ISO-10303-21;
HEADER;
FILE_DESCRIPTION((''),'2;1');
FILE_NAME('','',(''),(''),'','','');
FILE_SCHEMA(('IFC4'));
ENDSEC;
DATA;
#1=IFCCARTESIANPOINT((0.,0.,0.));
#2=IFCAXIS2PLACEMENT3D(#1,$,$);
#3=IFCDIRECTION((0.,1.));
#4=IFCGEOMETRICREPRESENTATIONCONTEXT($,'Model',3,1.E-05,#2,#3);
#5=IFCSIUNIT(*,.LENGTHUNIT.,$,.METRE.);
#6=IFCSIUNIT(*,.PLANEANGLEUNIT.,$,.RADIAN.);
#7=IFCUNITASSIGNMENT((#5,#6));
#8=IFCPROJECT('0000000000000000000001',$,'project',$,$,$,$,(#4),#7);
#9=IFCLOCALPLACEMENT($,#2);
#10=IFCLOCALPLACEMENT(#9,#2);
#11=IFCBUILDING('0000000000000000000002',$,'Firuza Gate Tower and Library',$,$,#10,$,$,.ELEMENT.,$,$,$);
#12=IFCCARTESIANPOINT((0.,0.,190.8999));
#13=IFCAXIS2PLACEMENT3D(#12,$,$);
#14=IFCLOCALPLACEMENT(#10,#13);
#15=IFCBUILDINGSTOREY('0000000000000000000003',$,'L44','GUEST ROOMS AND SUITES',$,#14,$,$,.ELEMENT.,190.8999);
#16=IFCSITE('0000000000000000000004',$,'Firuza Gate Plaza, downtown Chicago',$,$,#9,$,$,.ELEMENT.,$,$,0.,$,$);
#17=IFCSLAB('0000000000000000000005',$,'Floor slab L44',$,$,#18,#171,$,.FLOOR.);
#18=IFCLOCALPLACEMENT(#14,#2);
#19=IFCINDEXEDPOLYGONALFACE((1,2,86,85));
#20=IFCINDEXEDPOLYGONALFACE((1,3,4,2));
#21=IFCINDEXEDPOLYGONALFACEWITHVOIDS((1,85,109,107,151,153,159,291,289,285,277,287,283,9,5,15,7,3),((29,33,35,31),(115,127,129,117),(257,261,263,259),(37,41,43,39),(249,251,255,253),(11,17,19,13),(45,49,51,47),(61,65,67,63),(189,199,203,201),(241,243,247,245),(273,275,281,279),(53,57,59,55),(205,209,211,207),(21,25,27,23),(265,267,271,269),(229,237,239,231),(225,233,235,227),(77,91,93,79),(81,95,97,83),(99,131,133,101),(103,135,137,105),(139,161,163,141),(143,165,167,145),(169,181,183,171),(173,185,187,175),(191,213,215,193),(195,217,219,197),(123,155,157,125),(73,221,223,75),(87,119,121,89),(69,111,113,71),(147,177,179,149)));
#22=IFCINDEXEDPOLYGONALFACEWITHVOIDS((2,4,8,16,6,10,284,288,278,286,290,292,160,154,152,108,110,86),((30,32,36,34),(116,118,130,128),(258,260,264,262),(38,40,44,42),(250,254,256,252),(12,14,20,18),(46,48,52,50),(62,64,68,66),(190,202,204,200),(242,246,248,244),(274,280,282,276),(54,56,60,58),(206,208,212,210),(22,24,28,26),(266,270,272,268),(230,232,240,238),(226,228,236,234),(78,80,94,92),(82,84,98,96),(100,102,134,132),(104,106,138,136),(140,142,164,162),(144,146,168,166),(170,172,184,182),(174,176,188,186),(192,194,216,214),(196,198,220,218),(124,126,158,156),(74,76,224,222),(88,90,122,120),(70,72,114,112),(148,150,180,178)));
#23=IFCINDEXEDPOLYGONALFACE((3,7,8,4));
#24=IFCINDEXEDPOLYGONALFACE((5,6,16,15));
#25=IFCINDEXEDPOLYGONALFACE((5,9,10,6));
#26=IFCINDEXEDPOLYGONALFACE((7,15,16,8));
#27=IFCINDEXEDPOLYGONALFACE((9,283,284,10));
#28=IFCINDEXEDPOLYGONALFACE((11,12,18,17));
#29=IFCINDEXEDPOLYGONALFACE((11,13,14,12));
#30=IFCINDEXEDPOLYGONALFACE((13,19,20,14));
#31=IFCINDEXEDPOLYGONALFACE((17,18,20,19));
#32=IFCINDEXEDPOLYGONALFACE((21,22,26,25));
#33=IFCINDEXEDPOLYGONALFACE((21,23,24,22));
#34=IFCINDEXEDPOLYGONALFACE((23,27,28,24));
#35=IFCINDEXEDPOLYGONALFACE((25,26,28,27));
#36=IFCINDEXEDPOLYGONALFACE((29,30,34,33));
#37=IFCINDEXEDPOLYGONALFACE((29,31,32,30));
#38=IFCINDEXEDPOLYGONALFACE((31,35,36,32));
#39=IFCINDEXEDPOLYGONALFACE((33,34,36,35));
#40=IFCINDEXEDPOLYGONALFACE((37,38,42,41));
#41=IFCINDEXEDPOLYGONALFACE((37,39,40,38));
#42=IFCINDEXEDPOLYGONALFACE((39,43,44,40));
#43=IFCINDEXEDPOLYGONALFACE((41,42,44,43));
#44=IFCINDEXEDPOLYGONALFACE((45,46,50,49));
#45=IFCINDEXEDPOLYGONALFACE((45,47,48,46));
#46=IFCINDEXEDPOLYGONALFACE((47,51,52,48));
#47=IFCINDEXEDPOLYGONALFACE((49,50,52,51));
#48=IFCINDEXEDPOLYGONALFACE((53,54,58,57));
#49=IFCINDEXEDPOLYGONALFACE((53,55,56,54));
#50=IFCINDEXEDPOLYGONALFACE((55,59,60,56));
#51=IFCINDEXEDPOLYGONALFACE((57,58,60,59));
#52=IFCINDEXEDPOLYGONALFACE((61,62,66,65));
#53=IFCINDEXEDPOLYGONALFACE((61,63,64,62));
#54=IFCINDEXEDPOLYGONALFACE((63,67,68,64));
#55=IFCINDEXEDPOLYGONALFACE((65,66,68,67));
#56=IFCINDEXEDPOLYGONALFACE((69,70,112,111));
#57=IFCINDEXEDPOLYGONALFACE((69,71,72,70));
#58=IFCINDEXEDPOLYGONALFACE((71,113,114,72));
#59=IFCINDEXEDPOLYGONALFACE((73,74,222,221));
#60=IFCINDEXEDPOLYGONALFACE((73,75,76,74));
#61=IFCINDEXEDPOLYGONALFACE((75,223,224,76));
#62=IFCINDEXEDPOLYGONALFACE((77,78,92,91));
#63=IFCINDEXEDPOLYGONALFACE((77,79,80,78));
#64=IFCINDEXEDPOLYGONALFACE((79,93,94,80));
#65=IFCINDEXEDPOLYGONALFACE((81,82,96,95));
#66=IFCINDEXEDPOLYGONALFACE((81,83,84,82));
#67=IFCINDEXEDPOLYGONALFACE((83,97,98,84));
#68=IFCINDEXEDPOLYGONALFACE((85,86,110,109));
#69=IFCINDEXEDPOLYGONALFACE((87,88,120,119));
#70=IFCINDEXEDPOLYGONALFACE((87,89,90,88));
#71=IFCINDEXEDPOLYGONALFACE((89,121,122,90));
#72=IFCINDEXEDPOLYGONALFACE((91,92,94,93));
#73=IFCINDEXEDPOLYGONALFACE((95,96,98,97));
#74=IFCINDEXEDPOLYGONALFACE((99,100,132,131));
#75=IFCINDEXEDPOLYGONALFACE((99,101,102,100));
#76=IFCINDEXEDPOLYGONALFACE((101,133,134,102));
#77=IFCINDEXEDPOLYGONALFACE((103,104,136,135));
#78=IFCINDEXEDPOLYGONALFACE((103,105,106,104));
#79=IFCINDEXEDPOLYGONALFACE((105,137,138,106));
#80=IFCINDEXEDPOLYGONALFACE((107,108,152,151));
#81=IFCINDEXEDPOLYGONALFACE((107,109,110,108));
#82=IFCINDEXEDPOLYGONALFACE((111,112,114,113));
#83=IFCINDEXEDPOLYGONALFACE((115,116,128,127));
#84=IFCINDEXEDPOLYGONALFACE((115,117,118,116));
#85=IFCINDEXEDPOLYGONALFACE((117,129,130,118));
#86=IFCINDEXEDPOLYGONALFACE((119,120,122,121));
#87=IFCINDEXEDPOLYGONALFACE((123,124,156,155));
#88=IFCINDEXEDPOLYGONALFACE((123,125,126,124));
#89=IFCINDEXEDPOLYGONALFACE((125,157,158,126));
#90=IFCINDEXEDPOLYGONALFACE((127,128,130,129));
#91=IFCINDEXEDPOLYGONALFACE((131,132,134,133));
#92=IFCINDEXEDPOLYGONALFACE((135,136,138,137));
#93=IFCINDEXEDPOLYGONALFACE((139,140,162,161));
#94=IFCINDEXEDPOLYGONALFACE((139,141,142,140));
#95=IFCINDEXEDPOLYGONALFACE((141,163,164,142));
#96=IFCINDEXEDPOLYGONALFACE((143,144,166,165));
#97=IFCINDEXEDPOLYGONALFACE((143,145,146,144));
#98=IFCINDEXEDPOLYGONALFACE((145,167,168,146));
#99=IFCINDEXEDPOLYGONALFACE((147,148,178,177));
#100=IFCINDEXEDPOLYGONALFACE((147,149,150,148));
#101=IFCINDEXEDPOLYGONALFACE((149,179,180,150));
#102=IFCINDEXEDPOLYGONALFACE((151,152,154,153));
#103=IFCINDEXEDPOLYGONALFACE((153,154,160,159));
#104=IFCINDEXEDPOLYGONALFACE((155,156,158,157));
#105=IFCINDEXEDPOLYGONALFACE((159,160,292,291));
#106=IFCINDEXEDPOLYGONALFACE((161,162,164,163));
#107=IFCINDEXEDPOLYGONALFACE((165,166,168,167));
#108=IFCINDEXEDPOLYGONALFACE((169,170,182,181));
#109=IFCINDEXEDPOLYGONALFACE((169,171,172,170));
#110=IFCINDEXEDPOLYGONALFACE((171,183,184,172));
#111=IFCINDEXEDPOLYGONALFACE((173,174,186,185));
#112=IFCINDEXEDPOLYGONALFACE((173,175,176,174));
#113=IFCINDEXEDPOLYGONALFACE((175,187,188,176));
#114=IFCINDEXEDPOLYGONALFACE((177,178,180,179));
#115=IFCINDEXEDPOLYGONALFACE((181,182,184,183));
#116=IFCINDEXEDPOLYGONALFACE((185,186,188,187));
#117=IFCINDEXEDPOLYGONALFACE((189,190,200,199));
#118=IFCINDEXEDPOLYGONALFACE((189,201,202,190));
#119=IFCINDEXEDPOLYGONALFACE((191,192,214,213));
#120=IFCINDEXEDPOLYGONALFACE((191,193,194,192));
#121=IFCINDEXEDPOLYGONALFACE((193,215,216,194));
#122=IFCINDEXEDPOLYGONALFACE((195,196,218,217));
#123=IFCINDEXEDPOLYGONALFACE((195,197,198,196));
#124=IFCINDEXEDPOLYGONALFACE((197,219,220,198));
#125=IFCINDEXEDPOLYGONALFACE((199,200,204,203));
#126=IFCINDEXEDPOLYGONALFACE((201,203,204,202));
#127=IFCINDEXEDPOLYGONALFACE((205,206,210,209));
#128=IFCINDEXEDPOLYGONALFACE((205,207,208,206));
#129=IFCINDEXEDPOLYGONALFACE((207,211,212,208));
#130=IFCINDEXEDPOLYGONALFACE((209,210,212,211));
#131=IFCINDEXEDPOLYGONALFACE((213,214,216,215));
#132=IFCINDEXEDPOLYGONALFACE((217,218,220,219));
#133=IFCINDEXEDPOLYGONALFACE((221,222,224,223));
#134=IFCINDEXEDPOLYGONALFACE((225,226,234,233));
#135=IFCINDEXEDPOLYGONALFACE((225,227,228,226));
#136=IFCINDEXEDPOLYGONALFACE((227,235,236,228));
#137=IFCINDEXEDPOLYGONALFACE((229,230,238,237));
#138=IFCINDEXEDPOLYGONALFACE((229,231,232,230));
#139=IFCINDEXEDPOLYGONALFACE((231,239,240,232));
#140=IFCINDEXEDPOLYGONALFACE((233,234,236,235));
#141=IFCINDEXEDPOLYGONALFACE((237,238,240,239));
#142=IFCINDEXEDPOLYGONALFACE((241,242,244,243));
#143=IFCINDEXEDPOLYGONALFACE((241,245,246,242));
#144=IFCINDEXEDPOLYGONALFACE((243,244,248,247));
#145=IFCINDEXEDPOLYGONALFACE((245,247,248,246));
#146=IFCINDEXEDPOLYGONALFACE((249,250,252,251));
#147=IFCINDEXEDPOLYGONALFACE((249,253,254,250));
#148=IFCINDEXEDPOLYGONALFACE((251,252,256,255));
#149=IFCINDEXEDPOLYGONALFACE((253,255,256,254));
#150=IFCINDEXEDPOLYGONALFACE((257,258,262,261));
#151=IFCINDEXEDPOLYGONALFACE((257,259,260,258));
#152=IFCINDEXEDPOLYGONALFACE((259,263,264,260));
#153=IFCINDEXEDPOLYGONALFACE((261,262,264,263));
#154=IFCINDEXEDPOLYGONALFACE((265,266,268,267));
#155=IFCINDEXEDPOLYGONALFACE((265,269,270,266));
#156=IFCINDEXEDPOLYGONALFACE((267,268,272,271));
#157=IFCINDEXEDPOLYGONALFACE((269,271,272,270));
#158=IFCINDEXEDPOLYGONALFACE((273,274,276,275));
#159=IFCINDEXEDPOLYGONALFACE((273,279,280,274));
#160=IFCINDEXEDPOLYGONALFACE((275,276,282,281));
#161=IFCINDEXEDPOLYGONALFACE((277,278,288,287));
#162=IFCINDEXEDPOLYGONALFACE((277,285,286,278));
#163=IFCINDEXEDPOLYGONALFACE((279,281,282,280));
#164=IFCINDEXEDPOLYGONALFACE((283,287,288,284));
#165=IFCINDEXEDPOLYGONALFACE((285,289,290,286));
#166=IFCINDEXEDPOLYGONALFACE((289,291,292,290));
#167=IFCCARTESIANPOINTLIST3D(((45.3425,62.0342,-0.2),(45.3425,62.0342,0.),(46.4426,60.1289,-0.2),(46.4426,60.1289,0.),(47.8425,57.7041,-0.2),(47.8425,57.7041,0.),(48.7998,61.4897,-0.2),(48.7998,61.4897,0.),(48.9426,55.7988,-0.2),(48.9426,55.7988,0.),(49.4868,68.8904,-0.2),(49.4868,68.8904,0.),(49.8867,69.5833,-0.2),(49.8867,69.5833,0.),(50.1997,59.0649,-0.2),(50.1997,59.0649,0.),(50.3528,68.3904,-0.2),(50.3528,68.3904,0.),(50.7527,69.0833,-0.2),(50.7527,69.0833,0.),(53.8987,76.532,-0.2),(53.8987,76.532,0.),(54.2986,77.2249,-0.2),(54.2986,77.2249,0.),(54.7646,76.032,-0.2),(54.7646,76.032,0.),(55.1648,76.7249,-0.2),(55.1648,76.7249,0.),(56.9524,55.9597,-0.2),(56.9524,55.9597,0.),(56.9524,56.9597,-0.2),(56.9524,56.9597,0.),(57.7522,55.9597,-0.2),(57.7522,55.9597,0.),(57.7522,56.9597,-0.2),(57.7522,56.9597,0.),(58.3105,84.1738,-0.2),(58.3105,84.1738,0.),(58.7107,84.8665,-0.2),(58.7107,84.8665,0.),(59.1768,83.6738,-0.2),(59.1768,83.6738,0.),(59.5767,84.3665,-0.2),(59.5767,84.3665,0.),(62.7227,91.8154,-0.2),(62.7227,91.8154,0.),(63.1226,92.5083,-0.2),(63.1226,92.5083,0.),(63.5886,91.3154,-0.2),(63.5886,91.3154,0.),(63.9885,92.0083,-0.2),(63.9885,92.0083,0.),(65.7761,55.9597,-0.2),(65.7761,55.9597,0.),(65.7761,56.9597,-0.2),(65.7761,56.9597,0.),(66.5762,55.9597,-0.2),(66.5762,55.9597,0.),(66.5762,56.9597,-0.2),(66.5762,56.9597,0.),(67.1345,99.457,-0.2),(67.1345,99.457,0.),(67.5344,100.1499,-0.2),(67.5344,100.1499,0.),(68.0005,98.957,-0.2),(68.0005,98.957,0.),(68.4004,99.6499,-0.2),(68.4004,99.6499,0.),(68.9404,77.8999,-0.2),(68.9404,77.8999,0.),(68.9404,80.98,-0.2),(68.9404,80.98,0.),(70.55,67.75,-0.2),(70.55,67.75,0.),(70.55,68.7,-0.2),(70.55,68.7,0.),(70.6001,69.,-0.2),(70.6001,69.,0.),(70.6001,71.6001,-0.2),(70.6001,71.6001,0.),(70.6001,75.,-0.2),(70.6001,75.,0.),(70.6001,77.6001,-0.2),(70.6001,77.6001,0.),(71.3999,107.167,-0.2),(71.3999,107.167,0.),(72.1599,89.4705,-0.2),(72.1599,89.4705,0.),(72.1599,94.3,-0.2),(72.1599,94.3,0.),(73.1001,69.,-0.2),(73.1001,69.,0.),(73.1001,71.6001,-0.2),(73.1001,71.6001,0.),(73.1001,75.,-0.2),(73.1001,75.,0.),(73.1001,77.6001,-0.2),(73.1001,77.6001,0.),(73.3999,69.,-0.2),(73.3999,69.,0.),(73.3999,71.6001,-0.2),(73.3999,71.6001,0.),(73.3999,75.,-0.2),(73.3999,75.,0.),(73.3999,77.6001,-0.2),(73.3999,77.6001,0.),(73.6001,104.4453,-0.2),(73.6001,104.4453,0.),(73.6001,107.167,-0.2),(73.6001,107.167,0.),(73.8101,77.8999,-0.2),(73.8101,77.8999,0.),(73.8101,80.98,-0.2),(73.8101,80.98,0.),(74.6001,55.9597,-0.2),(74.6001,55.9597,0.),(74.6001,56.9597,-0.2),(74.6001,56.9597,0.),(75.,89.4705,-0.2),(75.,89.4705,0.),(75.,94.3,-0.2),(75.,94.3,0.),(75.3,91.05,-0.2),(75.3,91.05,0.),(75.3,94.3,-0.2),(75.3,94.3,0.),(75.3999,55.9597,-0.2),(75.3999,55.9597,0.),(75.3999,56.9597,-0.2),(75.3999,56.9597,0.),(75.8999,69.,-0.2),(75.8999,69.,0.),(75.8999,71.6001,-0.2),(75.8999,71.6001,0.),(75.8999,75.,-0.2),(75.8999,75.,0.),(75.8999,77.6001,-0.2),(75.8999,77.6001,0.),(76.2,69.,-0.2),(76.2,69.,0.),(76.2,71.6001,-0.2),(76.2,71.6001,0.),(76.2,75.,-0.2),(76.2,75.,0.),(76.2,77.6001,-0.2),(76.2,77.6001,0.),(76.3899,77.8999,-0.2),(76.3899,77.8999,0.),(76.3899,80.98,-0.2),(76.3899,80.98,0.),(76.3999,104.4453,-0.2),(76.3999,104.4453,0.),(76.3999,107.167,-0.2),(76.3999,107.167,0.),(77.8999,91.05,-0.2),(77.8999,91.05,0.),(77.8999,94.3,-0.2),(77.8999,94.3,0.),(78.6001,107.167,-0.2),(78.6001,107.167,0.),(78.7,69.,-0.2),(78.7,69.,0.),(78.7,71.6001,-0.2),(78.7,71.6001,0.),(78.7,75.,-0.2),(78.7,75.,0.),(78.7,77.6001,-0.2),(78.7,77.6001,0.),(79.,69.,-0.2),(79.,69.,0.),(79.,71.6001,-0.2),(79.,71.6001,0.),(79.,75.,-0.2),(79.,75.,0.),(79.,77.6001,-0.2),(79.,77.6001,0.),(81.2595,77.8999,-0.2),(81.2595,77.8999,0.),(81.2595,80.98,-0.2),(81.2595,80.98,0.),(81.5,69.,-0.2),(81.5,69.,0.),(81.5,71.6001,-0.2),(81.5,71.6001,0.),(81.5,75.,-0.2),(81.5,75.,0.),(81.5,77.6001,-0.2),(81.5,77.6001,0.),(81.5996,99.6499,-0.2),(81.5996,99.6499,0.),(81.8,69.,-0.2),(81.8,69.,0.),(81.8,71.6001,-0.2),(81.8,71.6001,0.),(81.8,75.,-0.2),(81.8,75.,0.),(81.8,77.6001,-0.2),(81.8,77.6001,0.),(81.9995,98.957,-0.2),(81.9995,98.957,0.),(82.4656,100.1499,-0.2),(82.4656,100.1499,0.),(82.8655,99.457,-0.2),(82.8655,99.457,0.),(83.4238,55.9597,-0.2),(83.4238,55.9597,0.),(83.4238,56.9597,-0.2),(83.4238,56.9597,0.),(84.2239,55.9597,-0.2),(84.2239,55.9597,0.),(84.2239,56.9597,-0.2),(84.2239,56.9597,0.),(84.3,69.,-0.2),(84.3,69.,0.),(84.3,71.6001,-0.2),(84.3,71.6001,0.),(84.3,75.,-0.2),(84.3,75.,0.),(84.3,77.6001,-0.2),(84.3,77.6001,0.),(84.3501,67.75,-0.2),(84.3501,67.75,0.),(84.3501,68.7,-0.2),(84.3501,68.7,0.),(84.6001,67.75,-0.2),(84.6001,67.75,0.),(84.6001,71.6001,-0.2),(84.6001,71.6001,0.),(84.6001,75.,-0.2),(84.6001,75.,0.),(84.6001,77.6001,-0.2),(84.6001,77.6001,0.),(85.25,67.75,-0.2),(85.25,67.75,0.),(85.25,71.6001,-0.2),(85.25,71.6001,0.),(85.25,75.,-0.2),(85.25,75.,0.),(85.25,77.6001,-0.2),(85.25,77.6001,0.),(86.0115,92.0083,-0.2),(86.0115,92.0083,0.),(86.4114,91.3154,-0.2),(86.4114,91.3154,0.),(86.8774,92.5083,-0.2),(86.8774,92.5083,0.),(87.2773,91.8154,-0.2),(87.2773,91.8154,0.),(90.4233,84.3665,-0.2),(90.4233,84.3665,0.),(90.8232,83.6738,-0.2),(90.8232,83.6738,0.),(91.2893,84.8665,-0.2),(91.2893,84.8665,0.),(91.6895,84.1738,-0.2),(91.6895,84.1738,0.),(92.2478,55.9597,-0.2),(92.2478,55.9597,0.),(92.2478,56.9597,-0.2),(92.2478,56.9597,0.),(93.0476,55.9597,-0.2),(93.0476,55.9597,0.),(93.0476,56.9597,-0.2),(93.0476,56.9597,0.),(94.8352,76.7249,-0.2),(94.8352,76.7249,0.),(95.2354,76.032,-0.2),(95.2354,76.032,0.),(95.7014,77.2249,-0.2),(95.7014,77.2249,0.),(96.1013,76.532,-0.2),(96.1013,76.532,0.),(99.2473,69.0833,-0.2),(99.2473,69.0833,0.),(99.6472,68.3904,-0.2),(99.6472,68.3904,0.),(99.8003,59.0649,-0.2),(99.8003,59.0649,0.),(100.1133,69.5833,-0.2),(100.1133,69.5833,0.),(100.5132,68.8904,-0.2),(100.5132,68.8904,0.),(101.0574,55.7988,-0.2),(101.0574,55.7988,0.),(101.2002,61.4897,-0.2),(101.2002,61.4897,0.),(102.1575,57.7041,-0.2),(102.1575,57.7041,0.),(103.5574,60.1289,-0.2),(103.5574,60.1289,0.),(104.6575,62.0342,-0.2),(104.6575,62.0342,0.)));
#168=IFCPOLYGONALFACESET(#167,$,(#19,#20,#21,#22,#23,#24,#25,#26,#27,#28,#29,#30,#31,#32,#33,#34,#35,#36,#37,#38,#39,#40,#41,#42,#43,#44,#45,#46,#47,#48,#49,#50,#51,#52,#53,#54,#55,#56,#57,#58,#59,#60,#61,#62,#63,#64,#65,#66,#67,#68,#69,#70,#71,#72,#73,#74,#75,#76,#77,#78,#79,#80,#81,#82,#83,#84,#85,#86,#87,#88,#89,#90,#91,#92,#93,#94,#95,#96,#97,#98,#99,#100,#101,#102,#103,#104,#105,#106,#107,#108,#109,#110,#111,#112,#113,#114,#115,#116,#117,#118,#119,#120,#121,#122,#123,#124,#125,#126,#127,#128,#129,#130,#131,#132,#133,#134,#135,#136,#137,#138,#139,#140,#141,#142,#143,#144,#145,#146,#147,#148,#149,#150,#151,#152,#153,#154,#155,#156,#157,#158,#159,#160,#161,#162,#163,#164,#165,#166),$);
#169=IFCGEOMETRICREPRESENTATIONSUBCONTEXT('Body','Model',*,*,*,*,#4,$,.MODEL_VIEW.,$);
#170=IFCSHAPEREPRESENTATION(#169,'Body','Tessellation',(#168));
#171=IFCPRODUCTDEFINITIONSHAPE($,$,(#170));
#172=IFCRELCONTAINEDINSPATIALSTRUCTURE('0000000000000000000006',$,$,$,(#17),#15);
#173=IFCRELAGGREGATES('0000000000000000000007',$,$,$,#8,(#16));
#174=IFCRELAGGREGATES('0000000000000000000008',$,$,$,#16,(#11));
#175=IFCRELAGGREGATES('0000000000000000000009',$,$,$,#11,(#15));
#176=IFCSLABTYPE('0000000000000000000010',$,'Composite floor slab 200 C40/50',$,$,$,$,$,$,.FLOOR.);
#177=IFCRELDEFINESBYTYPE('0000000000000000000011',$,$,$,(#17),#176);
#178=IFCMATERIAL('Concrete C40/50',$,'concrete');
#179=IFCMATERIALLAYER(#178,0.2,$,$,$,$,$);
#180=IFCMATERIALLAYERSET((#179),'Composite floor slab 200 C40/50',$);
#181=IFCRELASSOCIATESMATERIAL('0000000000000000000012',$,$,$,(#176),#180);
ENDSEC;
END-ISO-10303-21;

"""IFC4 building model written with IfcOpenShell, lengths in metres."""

from ifc_helpers import new_model, si_unit, direction, frame, origin, place, context, subcontext, project, spatial, polyline, outline, extrude, material, layer, layer_set, type_object, element, save


model = new_model("IFC4")

# Units and contexts
model_context = context("Model", 3, precision=1e-05, world=origin(), true_north=direction((0.0, 1.0)))
body_context = subcontext(model_context, "Body", "Model", "MODEL_VIEW")
ifc_project = project(units=[si_unit("LENGTHUNIT", "METRE"), si_unit("PLANEANGLEUNIT", "RADIAN")], contexts=[model_context])

# Site, building, storey
site_placement = place(None, origin())
site = spatial("IfcSite", under=ifc_project, at=site_placement, Name="Firuza Gate Plaza, downtown Chicago", CompositionType="ELEMENT", RefElevation=0.0)
building_placement = place(site_placement, origin())
building = spatial("IfcBuilding", under=site, at=building_placement, Name="Firuza Gate Tower and Library", CompositionType="ELEMENT")
storey_placement = place(building_placement, frame((0.0, 0.0, 190.8999)))
storey = spatial("IfcBuildingStorey", under=building, at=storey_placement, Name="L44", Description="GUEST ROOMS AND SUITES", CompositionType="ELEMENT", Elevation=190.8999)

# Slab
ifc_material_1 = material(Name="Concrete C40/50", Category="concrete")
ifc_layer_1 = layer(ifc_material_1, 0.2)
ifc_layer_set_1 = layer_set([ifc_layer_1], Name="Composite floor slab 200 C40/50")
slab_type_1 = type_object("IfcSlabType", Name="Composite floor slab 200 C40/50", PredefinedType="FLOOR", material=ifc_layer_set_1)
placement_1 = place(storey_placement, frame((0.0, 0.0, -0.2)))
element("IfcSlab", 1, at=placement_1, inside=storey, type_object=slab_type_1, Name="Floor slab L44", PredefinedType="FLOOR", context=body_context, shape_type="SweptSolid", body=[
    extrude(outline(polyline([(101.0574, 55.7988), (102.1575, 57.7041), (99.8003, 59.0649), (101.2002, 61.4897), (103.5574, 60.1289), (104.6575, 62.0342), (78.6001, 107.167), (76.3999, 107.167), (76.3999, 104.4453), (73.6001, 104.4453), (73.6001, 107.167), (71.3999, 107.167), (45.3425, 62.0342), (46.4426, 60.1289), (48.7998, 61.4897), (50.1997, 59.0649), (47.8425, 57.7041), (48.9426, 55.7988), (101.0574, 55.7988)]), holes=[polyline([(56.9524, 55.9597), (56.9524, 56.9597), (57.7522, 56.9597), (57.7522, 55.9597), (56.9524, 55.9597)]), polyline([(74.6001, 55.9597), (74.6001, 56.9597), (75.3999, 56.9597), (75.3999, 55.9597), (74.6001, 55.9597)]), polyline([(65.7761, 55.9597), (65.7761, 56.9597), (66.5762, 56.9597), (66.5762, 55.9597), (65.7761, 55.9597)]), polyline([(84.3501, 67.75), (70.55, 67.75), (70.55, 68.7), (84.3501, 68.7), (84.3501, 67.75)]), polyline([(49.8867, 69.5833), (50.7527, 69.0833), (50.3528, 68.3904), (49.4868, 68.8904), (49.8867, 69.5833)]), polyline([(73.1001, 69.0), (70.6001, 69.0), (70.6001, 71.6001), (73.1001, 71.6001), (73.1001, 69.0)]), polyline([(75.8999, 69.0), (73.3999, 69.0), (73.3999, 71.6001), (75.8999, 71.6001), (75.8999, 69.0)]), polyline([(73.1001, 75.0), (70.6001, 75.0), (70.6001, 77.6001), (73.1001, 77.6001), (73.1001, 75.0)]), polyline([(75.8999, 75.0), (73.3999, 75.0), (73.3999, 77.6001), (75.8999, 77.6001), (75.8999, 75.0)]), polyline([(54.2986, 77.2249), (55.1648, 76.7249), (54.7646, 76.032), (53.8987, 76.532), (54.2986, 77.2249)]), polyline([(73.8101, 77.8999), (68.9404, 77.8999), (68.9404, 80.98), (73.8101, 80.98), (73.8101, 77.8999)]), polyline([(58.7107, 84.8665), (59.5767, 84.3665), (59.1768, 83.6738), (58.3105, 84.1738), (58.7107, 84.8665)]), polyline([(72.1599, 89.4705), (72.1599, 94.3), (75.0, 94.3), (75.0, 89.4705), (72.1599, 89.4705)]), polyline([(63.1226, 92.5083), (63.9885, 92.0083), (63.5886, 91.3154), (62.7227, 91.8154), (63.1226, 92.5083)]), polyline([(75.3, 91.05), (75.3, 94.3), (77.8999, 94.3), (77.8999, 91.05), (75.3, 91.05)]), polyline([(68.4004, 99.6499), (68.0005, 98.957), (67.1345, 99.457), (67.5344, 100.1499), (68.4004, 99.6499)]), polyline([(92.2478, 55.9597), (92.2478, 56.9597), (93.0476, 56.9597), (93.0476, 55.9597), (92.2478, 55.9597)]), polyline([(83.4238, 55.9597), (83.4238, 56.9597), (84.2239, 56.9597), (84.2239, 55.9597), (83.4238, 55.9597)]), polyline([(100.5132, 68.8904), (99.6472, 68.3904), (99.2473, 69.0833), (100.1133, 69.5833), (100.5132, 68.8904)]), polyline([(85.25, 67.75), (84.6001, 67.75), (84.6001, 71.6001), (85.25, 71.6001), (85.25, 67.75)]), polyline([(81.5, 69.0), (79.0, 69.0), (79.0, 71.6001), (81.5, 71.6001), (81.5, 69.0)]), polyline([(81.8, 69.0), (81.8, 71.6001), (84.3, 71.6001), (84.3, 69.0), (81.8, 69.0)]), polyline([(76.2, 69.0), (76.2, 71.6001), (78.7, 71.6001), (78.7, 69.0), (76.2, 69.0)]), polyline([(81.5, 75.0), (79.0, 75.0), (79.0, 77.6001), (81.5, 77.6001), (81.5, 75.0)]), polyline([(84.3, 75.0), (81.8, 75.0), (81.8, 77.6001), (84.3, 77.6001), (84.3, 75.0)]), polyline([(85.25, 75.0), (84.6001, 75.0), (84.6001, 77.6001), (85.25, 77.6001), (85.25, 75.0)]), polyline([(78.7, 75.0), (76.2, 75.0), (76.2, 77.6001), (78.7, 77.6001), (78.7, 75.0)]), polyline([(96.1013, 76.532), (95.2354, 76.032), (94.8352, 76.7249), (95.7014, 77.2249), (96.1013, 76.532)]), polyline([(81.2595, 77.8999), (76.3899, 77.8999), (76.3899, 80.98), (81.2595, 80.98), (81.2595, 77.8999)]), polyline([(91.6895, 84.1738), (90.8232, 83.6738), (90.4233, 84.3665), (91.2893, 84.8665), (91.6895, 84.1738)]), polyline([(86.4114, 91.3154), (86.0115, 92.0083), (86.8774, 92.5083), (87.2773, 91.8154), (86.4114, 91.3154)]), polyline([(81.9995, 98.957), (81.5996, 99.6499), (82.4656, 100.1499), (82.8655, 99.457), (81.9995, 98.957)])]), origin(), (0.0, 0.0, 1.0), 0.2),
])

save(model, "model.ifc")
